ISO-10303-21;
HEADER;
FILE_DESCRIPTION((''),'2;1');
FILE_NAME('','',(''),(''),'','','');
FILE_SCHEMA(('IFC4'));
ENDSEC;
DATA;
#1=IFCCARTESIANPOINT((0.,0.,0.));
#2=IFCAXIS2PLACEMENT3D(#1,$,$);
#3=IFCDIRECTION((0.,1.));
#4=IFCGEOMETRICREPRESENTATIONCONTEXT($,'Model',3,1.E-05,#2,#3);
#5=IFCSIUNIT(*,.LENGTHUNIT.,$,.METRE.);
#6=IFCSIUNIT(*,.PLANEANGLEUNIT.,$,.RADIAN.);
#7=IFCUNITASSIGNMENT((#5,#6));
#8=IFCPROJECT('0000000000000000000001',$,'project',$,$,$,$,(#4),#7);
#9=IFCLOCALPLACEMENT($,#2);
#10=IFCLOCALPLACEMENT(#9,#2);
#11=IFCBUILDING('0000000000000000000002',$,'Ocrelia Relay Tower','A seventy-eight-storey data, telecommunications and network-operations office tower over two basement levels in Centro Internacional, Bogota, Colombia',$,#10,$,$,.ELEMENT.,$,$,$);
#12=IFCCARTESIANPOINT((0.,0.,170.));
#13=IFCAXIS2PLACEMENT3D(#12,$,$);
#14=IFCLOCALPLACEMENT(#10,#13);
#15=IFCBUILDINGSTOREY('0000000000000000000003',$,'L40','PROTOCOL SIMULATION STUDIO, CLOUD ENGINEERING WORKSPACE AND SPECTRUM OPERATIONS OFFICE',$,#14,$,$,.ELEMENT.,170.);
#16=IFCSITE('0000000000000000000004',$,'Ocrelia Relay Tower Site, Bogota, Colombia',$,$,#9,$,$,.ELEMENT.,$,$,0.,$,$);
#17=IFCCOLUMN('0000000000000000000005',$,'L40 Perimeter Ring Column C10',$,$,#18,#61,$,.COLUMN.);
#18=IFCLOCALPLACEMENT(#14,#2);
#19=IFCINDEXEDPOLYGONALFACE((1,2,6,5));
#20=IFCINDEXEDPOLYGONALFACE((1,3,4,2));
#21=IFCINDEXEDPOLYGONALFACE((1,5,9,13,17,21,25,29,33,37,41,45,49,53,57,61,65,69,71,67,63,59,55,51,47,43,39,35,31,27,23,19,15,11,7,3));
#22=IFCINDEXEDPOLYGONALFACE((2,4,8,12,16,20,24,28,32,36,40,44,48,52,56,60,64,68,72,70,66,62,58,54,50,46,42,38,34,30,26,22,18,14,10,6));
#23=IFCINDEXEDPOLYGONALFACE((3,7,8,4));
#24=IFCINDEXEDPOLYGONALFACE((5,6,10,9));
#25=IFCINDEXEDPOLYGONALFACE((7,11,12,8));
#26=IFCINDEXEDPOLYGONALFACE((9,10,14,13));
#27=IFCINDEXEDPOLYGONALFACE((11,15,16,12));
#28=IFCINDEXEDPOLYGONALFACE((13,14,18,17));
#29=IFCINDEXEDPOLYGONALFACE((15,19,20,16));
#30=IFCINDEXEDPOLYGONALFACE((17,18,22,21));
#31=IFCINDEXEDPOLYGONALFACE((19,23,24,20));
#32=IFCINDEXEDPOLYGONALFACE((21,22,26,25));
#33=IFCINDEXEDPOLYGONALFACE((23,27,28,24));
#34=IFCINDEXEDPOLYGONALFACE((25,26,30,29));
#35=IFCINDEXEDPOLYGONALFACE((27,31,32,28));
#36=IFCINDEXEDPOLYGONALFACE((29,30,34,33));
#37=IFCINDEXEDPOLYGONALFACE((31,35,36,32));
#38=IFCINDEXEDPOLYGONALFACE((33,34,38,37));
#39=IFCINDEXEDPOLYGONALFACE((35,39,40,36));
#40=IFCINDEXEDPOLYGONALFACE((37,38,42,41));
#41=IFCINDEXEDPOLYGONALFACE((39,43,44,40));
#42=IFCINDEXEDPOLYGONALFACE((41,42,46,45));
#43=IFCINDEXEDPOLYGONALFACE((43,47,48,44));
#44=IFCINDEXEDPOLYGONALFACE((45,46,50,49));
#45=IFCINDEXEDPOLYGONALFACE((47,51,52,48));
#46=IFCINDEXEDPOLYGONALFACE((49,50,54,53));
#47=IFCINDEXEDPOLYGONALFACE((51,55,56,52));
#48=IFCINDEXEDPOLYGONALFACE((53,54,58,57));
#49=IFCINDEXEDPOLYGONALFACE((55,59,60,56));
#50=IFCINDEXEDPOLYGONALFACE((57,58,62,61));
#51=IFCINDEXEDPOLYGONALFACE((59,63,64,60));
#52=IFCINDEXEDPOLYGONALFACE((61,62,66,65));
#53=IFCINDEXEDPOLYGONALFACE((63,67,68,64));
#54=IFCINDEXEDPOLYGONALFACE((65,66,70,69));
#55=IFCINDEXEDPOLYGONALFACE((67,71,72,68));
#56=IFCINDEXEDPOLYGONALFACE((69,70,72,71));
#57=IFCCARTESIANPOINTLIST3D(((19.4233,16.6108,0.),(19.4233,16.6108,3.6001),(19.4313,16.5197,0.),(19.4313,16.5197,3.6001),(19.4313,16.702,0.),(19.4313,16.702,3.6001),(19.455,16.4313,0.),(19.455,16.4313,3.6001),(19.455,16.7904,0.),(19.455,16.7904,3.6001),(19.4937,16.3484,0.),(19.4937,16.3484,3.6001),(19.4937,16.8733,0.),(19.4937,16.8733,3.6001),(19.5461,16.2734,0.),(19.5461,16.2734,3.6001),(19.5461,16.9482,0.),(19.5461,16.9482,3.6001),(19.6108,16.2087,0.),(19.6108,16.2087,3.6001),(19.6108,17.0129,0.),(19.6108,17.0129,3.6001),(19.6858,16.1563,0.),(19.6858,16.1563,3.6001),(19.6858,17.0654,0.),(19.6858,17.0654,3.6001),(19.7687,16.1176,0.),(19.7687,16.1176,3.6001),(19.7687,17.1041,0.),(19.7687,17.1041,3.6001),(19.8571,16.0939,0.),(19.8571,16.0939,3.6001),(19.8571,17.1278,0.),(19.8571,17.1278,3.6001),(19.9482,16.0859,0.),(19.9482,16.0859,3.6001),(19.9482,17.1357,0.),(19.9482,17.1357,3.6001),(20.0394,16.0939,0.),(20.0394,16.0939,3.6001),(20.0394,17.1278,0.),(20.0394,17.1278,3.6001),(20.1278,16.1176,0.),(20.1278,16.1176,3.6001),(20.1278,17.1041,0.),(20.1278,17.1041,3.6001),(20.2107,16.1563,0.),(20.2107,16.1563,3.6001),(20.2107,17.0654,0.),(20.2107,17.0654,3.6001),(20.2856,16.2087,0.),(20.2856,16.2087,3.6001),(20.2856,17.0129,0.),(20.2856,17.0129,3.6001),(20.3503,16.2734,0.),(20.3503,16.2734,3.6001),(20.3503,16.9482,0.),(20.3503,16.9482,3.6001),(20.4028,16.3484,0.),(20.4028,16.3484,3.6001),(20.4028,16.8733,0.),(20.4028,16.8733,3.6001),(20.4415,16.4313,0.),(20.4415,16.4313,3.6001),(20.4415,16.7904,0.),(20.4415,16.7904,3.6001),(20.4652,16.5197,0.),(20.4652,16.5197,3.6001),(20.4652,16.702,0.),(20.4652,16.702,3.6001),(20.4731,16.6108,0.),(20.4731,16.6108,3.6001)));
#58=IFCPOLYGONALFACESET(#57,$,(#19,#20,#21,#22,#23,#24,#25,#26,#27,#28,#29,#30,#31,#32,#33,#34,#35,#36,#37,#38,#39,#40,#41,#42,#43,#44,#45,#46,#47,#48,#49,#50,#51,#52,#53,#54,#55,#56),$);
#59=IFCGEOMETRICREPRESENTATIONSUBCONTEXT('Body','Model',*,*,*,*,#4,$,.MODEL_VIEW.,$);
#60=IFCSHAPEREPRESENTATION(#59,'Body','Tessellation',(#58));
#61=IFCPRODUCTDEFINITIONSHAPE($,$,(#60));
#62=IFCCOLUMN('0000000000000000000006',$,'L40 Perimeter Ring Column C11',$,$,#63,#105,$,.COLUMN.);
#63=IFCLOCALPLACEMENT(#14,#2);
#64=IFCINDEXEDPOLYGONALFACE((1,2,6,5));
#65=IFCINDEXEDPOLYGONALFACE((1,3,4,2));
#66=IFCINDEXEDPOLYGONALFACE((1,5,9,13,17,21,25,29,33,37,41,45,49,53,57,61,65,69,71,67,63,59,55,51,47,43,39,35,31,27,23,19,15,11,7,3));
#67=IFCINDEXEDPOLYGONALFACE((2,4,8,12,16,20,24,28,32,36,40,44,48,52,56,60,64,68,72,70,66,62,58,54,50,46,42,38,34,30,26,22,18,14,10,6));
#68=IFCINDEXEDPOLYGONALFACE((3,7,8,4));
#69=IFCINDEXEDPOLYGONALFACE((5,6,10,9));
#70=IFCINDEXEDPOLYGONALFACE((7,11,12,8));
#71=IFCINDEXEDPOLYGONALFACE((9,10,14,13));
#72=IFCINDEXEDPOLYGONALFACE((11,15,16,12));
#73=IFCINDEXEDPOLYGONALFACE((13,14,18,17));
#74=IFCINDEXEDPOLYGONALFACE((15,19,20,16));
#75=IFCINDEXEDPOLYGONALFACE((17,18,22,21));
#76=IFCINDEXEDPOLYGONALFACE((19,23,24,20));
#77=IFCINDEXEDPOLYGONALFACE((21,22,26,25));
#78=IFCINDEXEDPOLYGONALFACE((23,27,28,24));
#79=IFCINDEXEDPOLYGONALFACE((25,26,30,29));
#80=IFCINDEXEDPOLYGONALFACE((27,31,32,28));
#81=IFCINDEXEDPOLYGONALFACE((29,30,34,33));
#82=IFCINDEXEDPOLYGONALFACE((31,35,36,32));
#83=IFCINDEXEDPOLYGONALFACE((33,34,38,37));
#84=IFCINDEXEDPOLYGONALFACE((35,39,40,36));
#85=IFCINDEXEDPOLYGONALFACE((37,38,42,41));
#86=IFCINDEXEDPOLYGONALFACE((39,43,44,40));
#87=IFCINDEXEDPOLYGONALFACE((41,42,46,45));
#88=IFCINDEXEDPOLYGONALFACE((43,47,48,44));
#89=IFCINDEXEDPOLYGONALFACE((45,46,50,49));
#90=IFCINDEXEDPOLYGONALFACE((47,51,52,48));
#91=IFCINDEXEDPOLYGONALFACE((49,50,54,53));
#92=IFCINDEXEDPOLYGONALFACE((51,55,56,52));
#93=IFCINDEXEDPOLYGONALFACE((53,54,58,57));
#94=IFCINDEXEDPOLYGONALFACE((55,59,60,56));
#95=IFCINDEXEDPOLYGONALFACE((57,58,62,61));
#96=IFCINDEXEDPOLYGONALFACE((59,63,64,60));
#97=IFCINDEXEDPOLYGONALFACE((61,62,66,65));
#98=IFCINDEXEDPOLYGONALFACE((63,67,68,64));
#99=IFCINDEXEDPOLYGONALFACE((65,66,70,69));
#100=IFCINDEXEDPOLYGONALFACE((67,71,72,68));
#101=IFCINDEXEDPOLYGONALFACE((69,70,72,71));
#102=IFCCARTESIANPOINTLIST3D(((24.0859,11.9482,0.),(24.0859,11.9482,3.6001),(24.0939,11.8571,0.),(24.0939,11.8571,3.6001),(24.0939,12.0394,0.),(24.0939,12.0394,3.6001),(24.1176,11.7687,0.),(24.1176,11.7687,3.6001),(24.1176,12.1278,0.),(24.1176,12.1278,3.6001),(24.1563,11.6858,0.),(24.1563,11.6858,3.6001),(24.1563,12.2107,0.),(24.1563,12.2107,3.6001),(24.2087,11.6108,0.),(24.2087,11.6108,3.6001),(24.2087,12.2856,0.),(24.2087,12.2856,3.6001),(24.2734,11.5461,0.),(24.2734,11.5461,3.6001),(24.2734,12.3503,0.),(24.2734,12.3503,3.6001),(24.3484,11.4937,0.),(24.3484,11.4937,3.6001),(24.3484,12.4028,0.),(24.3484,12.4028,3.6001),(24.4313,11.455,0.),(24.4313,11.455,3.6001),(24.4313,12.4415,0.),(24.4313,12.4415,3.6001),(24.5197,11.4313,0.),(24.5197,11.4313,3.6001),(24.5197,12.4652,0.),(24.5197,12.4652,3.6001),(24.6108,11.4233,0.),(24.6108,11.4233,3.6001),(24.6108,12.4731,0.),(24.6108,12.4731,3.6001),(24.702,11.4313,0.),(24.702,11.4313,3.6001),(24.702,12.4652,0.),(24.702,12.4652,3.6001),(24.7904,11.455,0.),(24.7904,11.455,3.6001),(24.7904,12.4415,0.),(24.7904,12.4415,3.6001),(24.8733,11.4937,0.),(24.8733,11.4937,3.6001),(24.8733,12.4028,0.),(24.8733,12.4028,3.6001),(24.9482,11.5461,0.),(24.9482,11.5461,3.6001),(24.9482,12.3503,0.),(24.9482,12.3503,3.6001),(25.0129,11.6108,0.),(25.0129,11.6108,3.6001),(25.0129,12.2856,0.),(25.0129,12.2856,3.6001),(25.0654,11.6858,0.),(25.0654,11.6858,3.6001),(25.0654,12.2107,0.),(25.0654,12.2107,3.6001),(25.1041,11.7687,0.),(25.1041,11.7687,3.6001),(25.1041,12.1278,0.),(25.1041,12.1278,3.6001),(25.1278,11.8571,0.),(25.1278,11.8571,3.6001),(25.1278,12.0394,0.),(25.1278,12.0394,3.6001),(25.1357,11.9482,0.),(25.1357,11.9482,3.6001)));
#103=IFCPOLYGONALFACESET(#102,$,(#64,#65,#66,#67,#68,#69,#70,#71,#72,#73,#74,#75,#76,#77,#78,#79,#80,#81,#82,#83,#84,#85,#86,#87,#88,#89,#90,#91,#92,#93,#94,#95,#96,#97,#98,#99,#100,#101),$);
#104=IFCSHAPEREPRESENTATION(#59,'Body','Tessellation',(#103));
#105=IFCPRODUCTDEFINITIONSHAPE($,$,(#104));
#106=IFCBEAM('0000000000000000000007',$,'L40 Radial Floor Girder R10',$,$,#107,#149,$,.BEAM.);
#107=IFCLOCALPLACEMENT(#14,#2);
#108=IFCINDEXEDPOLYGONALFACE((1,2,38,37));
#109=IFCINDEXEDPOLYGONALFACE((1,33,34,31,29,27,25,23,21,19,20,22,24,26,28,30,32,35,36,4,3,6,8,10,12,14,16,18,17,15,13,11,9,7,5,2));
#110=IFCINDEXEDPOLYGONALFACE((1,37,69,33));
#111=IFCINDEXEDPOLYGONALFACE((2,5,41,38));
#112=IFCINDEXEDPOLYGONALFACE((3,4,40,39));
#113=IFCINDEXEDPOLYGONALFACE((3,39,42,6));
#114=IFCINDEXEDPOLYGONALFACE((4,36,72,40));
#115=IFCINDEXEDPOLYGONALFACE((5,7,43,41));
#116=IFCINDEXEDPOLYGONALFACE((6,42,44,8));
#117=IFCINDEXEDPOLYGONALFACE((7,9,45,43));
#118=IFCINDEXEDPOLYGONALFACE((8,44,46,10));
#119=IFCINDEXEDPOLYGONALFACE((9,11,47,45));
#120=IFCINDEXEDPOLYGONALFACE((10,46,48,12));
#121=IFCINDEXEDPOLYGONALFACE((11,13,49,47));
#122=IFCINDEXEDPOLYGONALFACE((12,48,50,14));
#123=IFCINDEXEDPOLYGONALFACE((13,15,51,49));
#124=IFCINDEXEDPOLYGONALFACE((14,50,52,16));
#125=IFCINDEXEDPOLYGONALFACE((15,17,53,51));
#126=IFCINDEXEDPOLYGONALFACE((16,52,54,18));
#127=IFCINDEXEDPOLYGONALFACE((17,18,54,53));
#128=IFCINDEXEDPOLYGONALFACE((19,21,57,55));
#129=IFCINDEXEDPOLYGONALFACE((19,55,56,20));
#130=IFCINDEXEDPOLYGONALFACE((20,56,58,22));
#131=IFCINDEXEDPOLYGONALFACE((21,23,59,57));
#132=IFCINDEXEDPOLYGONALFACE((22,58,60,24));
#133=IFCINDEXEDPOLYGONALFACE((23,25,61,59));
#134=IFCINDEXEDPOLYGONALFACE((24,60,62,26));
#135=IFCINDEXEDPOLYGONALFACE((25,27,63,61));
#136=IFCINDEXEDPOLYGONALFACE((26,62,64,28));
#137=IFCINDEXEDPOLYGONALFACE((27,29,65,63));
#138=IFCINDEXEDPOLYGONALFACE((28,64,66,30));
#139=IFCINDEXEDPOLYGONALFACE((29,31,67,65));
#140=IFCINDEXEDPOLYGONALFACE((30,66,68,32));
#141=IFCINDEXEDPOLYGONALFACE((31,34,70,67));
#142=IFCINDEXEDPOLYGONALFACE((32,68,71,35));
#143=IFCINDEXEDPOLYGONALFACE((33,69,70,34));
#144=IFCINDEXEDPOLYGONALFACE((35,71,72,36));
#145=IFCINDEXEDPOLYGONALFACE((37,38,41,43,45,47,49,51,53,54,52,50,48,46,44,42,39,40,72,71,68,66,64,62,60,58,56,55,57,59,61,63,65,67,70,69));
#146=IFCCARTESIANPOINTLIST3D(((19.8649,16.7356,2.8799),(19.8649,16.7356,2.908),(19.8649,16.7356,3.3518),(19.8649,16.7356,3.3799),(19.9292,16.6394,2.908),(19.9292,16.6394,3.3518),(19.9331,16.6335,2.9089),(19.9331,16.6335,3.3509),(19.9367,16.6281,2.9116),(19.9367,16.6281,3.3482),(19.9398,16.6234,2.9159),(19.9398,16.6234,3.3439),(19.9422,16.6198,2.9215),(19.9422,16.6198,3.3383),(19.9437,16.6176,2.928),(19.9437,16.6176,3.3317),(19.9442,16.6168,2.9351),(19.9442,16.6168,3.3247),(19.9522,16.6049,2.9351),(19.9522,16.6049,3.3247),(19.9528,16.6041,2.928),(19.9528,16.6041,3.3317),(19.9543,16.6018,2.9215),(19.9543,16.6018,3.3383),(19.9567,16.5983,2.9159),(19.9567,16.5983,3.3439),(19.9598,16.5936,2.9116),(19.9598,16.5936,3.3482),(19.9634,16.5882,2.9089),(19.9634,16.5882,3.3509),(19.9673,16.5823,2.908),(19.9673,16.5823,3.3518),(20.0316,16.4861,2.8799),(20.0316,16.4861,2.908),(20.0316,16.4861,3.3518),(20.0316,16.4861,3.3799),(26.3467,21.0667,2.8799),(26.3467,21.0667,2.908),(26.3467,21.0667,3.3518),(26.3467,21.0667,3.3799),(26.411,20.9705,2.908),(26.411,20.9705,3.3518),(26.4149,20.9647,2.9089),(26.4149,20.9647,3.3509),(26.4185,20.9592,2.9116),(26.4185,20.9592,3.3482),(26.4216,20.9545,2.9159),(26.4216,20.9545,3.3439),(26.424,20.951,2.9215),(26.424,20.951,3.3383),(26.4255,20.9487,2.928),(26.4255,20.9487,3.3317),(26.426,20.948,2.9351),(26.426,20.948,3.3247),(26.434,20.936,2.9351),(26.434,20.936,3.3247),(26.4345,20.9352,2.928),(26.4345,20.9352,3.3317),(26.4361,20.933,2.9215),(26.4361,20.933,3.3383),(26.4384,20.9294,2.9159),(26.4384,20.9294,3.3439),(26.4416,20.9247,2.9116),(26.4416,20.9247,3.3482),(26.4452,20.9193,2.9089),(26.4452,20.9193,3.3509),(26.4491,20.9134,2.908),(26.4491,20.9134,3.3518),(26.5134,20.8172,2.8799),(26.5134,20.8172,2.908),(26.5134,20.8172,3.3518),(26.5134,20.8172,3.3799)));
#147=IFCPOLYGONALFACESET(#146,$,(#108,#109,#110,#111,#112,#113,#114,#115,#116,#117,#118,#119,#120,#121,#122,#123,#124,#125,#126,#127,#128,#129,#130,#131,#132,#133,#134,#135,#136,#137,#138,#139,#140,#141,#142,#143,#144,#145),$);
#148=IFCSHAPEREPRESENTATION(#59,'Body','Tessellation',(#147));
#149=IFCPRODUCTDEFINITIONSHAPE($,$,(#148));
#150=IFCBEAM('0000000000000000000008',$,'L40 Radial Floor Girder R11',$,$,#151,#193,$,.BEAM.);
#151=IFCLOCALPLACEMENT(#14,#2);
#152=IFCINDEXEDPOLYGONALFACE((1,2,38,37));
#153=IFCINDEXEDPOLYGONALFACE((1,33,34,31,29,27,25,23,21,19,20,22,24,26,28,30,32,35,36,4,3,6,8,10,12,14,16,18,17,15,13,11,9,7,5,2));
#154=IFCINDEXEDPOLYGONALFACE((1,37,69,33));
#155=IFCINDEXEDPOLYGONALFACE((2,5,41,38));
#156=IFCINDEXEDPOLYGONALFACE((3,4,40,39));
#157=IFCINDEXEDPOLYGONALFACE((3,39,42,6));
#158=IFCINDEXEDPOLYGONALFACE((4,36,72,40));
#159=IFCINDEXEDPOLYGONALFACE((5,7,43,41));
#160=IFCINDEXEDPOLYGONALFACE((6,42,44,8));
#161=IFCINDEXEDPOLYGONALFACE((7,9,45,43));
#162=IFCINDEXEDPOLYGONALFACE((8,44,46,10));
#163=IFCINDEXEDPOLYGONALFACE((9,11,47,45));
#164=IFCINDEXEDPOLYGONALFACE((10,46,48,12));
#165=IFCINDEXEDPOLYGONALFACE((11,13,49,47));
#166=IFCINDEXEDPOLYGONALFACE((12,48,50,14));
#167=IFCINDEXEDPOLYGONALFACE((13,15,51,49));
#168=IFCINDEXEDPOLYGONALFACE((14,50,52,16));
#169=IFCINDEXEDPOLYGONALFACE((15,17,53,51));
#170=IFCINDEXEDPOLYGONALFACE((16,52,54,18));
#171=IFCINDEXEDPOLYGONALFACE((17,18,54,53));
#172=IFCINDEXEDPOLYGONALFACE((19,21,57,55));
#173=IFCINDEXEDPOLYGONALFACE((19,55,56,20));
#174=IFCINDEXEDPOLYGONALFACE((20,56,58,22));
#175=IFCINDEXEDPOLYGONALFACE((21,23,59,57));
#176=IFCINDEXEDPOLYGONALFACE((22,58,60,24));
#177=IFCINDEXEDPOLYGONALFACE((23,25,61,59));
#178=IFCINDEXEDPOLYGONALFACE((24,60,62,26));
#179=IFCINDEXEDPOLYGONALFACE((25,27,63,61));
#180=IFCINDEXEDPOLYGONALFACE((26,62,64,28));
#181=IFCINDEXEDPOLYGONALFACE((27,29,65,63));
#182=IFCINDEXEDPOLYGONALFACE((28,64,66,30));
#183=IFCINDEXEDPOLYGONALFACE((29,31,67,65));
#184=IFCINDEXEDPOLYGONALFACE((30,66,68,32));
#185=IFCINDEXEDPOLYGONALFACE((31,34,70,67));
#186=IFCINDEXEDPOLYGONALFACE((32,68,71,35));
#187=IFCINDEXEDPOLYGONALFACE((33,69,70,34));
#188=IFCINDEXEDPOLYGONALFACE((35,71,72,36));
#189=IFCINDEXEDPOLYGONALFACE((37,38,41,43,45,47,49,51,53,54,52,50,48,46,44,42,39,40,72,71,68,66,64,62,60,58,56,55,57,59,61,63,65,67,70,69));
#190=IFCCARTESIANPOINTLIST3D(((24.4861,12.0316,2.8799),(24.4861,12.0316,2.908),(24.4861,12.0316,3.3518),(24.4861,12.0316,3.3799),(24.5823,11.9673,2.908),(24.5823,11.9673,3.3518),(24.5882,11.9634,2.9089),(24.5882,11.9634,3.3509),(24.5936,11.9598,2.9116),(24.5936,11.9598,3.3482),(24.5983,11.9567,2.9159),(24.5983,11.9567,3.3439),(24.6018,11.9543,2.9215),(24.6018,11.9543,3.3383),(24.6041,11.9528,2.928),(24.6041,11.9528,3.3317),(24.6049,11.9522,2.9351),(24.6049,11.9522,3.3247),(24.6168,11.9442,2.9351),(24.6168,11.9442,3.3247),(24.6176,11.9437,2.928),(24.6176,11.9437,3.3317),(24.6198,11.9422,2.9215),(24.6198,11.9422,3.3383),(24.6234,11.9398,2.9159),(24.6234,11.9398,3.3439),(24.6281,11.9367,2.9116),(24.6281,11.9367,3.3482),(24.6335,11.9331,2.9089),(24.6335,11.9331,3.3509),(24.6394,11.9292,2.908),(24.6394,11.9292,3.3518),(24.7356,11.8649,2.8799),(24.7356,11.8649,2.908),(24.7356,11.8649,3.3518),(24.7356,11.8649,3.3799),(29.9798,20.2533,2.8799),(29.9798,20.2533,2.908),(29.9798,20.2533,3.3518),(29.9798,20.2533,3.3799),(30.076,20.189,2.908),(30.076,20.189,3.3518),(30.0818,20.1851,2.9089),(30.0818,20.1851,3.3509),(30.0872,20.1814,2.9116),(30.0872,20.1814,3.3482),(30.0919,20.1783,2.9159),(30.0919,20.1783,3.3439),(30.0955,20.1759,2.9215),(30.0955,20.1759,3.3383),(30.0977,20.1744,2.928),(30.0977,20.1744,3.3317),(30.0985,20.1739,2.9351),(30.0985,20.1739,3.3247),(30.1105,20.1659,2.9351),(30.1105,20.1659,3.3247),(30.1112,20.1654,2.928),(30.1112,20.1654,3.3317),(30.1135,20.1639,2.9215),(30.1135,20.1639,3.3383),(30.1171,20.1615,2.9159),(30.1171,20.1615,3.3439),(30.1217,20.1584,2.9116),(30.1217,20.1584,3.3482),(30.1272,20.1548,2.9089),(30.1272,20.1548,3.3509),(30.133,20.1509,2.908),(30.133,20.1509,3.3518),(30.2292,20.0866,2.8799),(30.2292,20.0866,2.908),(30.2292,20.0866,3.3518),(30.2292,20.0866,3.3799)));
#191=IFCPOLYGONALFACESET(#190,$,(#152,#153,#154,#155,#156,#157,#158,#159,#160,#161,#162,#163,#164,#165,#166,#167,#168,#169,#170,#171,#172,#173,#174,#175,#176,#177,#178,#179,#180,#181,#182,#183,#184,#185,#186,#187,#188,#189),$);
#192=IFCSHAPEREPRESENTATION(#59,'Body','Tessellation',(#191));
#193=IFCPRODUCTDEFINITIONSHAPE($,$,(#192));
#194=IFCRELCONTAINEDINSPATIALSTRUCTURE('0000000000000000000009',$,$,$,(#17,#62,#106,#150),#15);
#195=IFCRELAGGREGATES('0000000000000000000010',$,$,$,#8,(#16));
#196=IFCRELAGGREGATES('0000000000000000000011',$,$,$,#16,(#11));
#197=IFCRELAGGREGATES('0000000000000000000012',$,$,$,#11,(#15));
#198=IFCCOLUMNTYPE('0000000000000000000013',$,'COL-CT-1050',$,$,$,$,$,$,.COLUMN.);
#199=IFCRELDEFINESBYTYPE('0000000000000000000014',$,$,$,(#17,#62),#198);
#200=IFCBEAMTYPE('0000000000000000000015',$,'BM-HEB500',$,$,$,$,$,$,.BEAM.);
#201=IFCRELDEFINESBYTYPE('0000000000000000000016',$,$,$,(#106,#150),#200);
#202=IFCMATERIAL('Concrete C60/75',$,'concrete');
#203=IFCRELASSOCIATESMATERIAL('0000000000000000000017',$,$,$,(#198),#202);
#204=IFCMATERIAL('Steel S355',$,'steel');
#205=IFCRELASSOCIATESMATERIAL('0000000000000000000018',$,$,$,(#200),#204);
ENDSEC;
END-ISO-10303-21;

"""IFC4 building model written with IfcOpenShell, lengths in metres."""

from ifc_helpers import new_model, si_unit, direction, frame, origin, origin_2d, place, context, subcontext, project, spatial, circle, i_section, extrude, material, material_profile, profile_set, type_object, element, save


model = new_model("IFC4")

# Units and contexts
model_context = context("Model", 3, precision=1e-05, world=origin(), true_north=direction((0.0, 1.0)))
body_context = subcontext(model_context, "Body", "Model", "MODEL_VIEW")
ifc_project = project(units=[si_unit("LENGTHUNIT", "METRE"), si_unit("PLANEANGLEUNIT", "RADIAN")], contexts=[model_context])

# Site, building, storey
site_placement = place(None, origin())
site = spatial("IfcSite", under=ifc_project, at=site_placement, Name="Ocrelia Relay Tower Site, Bogota, Colombia", CompositionType="ELEMENT", RefElevation=0.0)
building_placement = place(site_placement, origin())
building = spatial("IfcBuilding", under=site, at=building_placement, Name="Ocrelia Relay Tower", Description="A seventy-eight-storey data, telecommunications and network-operations office tower over two basement levels in Centro Internacional, Bogota, Colombia", CompositionType="ELEMENT")
storey_placement = place(building_placement, frame((0.0, 0.0, 170.0)))
storey = spatial("IfcBuildingStorey", under=building, at=storey_placement, Name="L40", Description="PROTOCOL SIMULATION STUDIO, CLOUD ENGINEERING WORKSPACE AND SPECTRUM OPERATIONS OFFICE", CompositionType="ELEMENT", Elevation=170.0)

# Columns
ifc_material_1 = material(Name="Concrete C60/75", Category="concrete")
ifc_material_profile_1 = material_profile(ifc_material_1, circle(Radius=0.5249, at=origin_2d()), Name="RC-CIR-1050")
ifc_profile_set_1 = profile_set([ifc_material_profile_1], Name="Concrete C60/75")
column_type = type_object("IfcColumnType", Name="COL-CT-1050", PredefinedType="COLUMN", material=ifc_profile_set_1)
for number, where, z_axis, x_axis, name in (
    (1, (19.9482, 16.6108, 0.0), (0.0, 0.0, 1.0), (1.0, 0.0, 0.0), "L40 Perimeter Ring Column C10"),
    (2, (24.6108, 11.9482, 0.0), (0.0, 0.0, 1.0), (1.0, 0.0, 0.0), "L40 Perimeter Ring Column C11"),
):
    element("IfcColumn", number, at=place(storey_placement, frame(where, z_axis=z_axis, x_axis=x_axis)), inside=storey, type_object=column_type, Name=name, PredefinedType="COLUMN", context=body_context, shape_type="SweptSolid", body=[
        extrude(circle(Radius=0.5249, at=origin_2d()), origin(), (0.0, 0.0, 1.0), 3.6001),
    ])

# Beams
ifc_material_2 = material(Name="Steel S355", Category="steel")
ifc_material_profile_2 = material_profile(ifc_material_2, i_section(OverallWidth=0.3, OverallDepth=0.5, WebThickness=0.0144, FlangeThickness=0.0281, FilletRadius=0.0271, at=origin_2d()), Name="HEB 500")
ifc_profile_set_2 = profile_set([ifc_material_profile_2], Name="Steel S355")
beam_type_1 = type_object("IfcBeamType", Name="BM-HEB500", PredefinedType="BEAM", material=ifc_profile_set_2)
beam_1_placement = place(storey_placement, frame((19.9482, 16.6108, 3.1299), z_axis=(0.831462, 0.555582, 0.0), x_axis=(-0.555582, 0.831462, 0.0)))
element("IfcBeam", 3, at=beam_1_placement, inside=storey, type_object=beam_type_1, Name="L40 Radial Floor Girder R10", PredefinedType="BEAM", context=body_context, shape_type="SweptSolid", body=[
    extrude(i_section(OverallWidth=0.3, OverallDepth=0.5, WebThickness=0.0144, FlangeThickness=0.0281, FilletRadius=0.0271, at=origin_2d()), origin(), (0.0, 0.0, 1.0), 7.7957),
])
beam_2_placement = place(storey_placement, frame((24.6108, 11.9482, 3.1299), z_axis=(0.555577, 0.831465, 0.0), x_axis=(-0.831465, 0.555577, 0.0)))
element("IfcBeam", 4, at=beam_2_placement, inside=storey, type_object=beam_type_1, Name="L40 Radial Floor Girder R11", PredefinedType="BEAM", context=body_context, shape_type="SweptSolid", body=[
    extrude(i_section(OverallWidth=0.3, OverallDepth=0.5, WebThickness=0.0144, FlangeThickness=0.0281, FilletRadius=0.0271, at=origin_2d()), origin(), (0.0, 0.0, 1.0), 9.8882),
])

save(model, "model.ifc")
